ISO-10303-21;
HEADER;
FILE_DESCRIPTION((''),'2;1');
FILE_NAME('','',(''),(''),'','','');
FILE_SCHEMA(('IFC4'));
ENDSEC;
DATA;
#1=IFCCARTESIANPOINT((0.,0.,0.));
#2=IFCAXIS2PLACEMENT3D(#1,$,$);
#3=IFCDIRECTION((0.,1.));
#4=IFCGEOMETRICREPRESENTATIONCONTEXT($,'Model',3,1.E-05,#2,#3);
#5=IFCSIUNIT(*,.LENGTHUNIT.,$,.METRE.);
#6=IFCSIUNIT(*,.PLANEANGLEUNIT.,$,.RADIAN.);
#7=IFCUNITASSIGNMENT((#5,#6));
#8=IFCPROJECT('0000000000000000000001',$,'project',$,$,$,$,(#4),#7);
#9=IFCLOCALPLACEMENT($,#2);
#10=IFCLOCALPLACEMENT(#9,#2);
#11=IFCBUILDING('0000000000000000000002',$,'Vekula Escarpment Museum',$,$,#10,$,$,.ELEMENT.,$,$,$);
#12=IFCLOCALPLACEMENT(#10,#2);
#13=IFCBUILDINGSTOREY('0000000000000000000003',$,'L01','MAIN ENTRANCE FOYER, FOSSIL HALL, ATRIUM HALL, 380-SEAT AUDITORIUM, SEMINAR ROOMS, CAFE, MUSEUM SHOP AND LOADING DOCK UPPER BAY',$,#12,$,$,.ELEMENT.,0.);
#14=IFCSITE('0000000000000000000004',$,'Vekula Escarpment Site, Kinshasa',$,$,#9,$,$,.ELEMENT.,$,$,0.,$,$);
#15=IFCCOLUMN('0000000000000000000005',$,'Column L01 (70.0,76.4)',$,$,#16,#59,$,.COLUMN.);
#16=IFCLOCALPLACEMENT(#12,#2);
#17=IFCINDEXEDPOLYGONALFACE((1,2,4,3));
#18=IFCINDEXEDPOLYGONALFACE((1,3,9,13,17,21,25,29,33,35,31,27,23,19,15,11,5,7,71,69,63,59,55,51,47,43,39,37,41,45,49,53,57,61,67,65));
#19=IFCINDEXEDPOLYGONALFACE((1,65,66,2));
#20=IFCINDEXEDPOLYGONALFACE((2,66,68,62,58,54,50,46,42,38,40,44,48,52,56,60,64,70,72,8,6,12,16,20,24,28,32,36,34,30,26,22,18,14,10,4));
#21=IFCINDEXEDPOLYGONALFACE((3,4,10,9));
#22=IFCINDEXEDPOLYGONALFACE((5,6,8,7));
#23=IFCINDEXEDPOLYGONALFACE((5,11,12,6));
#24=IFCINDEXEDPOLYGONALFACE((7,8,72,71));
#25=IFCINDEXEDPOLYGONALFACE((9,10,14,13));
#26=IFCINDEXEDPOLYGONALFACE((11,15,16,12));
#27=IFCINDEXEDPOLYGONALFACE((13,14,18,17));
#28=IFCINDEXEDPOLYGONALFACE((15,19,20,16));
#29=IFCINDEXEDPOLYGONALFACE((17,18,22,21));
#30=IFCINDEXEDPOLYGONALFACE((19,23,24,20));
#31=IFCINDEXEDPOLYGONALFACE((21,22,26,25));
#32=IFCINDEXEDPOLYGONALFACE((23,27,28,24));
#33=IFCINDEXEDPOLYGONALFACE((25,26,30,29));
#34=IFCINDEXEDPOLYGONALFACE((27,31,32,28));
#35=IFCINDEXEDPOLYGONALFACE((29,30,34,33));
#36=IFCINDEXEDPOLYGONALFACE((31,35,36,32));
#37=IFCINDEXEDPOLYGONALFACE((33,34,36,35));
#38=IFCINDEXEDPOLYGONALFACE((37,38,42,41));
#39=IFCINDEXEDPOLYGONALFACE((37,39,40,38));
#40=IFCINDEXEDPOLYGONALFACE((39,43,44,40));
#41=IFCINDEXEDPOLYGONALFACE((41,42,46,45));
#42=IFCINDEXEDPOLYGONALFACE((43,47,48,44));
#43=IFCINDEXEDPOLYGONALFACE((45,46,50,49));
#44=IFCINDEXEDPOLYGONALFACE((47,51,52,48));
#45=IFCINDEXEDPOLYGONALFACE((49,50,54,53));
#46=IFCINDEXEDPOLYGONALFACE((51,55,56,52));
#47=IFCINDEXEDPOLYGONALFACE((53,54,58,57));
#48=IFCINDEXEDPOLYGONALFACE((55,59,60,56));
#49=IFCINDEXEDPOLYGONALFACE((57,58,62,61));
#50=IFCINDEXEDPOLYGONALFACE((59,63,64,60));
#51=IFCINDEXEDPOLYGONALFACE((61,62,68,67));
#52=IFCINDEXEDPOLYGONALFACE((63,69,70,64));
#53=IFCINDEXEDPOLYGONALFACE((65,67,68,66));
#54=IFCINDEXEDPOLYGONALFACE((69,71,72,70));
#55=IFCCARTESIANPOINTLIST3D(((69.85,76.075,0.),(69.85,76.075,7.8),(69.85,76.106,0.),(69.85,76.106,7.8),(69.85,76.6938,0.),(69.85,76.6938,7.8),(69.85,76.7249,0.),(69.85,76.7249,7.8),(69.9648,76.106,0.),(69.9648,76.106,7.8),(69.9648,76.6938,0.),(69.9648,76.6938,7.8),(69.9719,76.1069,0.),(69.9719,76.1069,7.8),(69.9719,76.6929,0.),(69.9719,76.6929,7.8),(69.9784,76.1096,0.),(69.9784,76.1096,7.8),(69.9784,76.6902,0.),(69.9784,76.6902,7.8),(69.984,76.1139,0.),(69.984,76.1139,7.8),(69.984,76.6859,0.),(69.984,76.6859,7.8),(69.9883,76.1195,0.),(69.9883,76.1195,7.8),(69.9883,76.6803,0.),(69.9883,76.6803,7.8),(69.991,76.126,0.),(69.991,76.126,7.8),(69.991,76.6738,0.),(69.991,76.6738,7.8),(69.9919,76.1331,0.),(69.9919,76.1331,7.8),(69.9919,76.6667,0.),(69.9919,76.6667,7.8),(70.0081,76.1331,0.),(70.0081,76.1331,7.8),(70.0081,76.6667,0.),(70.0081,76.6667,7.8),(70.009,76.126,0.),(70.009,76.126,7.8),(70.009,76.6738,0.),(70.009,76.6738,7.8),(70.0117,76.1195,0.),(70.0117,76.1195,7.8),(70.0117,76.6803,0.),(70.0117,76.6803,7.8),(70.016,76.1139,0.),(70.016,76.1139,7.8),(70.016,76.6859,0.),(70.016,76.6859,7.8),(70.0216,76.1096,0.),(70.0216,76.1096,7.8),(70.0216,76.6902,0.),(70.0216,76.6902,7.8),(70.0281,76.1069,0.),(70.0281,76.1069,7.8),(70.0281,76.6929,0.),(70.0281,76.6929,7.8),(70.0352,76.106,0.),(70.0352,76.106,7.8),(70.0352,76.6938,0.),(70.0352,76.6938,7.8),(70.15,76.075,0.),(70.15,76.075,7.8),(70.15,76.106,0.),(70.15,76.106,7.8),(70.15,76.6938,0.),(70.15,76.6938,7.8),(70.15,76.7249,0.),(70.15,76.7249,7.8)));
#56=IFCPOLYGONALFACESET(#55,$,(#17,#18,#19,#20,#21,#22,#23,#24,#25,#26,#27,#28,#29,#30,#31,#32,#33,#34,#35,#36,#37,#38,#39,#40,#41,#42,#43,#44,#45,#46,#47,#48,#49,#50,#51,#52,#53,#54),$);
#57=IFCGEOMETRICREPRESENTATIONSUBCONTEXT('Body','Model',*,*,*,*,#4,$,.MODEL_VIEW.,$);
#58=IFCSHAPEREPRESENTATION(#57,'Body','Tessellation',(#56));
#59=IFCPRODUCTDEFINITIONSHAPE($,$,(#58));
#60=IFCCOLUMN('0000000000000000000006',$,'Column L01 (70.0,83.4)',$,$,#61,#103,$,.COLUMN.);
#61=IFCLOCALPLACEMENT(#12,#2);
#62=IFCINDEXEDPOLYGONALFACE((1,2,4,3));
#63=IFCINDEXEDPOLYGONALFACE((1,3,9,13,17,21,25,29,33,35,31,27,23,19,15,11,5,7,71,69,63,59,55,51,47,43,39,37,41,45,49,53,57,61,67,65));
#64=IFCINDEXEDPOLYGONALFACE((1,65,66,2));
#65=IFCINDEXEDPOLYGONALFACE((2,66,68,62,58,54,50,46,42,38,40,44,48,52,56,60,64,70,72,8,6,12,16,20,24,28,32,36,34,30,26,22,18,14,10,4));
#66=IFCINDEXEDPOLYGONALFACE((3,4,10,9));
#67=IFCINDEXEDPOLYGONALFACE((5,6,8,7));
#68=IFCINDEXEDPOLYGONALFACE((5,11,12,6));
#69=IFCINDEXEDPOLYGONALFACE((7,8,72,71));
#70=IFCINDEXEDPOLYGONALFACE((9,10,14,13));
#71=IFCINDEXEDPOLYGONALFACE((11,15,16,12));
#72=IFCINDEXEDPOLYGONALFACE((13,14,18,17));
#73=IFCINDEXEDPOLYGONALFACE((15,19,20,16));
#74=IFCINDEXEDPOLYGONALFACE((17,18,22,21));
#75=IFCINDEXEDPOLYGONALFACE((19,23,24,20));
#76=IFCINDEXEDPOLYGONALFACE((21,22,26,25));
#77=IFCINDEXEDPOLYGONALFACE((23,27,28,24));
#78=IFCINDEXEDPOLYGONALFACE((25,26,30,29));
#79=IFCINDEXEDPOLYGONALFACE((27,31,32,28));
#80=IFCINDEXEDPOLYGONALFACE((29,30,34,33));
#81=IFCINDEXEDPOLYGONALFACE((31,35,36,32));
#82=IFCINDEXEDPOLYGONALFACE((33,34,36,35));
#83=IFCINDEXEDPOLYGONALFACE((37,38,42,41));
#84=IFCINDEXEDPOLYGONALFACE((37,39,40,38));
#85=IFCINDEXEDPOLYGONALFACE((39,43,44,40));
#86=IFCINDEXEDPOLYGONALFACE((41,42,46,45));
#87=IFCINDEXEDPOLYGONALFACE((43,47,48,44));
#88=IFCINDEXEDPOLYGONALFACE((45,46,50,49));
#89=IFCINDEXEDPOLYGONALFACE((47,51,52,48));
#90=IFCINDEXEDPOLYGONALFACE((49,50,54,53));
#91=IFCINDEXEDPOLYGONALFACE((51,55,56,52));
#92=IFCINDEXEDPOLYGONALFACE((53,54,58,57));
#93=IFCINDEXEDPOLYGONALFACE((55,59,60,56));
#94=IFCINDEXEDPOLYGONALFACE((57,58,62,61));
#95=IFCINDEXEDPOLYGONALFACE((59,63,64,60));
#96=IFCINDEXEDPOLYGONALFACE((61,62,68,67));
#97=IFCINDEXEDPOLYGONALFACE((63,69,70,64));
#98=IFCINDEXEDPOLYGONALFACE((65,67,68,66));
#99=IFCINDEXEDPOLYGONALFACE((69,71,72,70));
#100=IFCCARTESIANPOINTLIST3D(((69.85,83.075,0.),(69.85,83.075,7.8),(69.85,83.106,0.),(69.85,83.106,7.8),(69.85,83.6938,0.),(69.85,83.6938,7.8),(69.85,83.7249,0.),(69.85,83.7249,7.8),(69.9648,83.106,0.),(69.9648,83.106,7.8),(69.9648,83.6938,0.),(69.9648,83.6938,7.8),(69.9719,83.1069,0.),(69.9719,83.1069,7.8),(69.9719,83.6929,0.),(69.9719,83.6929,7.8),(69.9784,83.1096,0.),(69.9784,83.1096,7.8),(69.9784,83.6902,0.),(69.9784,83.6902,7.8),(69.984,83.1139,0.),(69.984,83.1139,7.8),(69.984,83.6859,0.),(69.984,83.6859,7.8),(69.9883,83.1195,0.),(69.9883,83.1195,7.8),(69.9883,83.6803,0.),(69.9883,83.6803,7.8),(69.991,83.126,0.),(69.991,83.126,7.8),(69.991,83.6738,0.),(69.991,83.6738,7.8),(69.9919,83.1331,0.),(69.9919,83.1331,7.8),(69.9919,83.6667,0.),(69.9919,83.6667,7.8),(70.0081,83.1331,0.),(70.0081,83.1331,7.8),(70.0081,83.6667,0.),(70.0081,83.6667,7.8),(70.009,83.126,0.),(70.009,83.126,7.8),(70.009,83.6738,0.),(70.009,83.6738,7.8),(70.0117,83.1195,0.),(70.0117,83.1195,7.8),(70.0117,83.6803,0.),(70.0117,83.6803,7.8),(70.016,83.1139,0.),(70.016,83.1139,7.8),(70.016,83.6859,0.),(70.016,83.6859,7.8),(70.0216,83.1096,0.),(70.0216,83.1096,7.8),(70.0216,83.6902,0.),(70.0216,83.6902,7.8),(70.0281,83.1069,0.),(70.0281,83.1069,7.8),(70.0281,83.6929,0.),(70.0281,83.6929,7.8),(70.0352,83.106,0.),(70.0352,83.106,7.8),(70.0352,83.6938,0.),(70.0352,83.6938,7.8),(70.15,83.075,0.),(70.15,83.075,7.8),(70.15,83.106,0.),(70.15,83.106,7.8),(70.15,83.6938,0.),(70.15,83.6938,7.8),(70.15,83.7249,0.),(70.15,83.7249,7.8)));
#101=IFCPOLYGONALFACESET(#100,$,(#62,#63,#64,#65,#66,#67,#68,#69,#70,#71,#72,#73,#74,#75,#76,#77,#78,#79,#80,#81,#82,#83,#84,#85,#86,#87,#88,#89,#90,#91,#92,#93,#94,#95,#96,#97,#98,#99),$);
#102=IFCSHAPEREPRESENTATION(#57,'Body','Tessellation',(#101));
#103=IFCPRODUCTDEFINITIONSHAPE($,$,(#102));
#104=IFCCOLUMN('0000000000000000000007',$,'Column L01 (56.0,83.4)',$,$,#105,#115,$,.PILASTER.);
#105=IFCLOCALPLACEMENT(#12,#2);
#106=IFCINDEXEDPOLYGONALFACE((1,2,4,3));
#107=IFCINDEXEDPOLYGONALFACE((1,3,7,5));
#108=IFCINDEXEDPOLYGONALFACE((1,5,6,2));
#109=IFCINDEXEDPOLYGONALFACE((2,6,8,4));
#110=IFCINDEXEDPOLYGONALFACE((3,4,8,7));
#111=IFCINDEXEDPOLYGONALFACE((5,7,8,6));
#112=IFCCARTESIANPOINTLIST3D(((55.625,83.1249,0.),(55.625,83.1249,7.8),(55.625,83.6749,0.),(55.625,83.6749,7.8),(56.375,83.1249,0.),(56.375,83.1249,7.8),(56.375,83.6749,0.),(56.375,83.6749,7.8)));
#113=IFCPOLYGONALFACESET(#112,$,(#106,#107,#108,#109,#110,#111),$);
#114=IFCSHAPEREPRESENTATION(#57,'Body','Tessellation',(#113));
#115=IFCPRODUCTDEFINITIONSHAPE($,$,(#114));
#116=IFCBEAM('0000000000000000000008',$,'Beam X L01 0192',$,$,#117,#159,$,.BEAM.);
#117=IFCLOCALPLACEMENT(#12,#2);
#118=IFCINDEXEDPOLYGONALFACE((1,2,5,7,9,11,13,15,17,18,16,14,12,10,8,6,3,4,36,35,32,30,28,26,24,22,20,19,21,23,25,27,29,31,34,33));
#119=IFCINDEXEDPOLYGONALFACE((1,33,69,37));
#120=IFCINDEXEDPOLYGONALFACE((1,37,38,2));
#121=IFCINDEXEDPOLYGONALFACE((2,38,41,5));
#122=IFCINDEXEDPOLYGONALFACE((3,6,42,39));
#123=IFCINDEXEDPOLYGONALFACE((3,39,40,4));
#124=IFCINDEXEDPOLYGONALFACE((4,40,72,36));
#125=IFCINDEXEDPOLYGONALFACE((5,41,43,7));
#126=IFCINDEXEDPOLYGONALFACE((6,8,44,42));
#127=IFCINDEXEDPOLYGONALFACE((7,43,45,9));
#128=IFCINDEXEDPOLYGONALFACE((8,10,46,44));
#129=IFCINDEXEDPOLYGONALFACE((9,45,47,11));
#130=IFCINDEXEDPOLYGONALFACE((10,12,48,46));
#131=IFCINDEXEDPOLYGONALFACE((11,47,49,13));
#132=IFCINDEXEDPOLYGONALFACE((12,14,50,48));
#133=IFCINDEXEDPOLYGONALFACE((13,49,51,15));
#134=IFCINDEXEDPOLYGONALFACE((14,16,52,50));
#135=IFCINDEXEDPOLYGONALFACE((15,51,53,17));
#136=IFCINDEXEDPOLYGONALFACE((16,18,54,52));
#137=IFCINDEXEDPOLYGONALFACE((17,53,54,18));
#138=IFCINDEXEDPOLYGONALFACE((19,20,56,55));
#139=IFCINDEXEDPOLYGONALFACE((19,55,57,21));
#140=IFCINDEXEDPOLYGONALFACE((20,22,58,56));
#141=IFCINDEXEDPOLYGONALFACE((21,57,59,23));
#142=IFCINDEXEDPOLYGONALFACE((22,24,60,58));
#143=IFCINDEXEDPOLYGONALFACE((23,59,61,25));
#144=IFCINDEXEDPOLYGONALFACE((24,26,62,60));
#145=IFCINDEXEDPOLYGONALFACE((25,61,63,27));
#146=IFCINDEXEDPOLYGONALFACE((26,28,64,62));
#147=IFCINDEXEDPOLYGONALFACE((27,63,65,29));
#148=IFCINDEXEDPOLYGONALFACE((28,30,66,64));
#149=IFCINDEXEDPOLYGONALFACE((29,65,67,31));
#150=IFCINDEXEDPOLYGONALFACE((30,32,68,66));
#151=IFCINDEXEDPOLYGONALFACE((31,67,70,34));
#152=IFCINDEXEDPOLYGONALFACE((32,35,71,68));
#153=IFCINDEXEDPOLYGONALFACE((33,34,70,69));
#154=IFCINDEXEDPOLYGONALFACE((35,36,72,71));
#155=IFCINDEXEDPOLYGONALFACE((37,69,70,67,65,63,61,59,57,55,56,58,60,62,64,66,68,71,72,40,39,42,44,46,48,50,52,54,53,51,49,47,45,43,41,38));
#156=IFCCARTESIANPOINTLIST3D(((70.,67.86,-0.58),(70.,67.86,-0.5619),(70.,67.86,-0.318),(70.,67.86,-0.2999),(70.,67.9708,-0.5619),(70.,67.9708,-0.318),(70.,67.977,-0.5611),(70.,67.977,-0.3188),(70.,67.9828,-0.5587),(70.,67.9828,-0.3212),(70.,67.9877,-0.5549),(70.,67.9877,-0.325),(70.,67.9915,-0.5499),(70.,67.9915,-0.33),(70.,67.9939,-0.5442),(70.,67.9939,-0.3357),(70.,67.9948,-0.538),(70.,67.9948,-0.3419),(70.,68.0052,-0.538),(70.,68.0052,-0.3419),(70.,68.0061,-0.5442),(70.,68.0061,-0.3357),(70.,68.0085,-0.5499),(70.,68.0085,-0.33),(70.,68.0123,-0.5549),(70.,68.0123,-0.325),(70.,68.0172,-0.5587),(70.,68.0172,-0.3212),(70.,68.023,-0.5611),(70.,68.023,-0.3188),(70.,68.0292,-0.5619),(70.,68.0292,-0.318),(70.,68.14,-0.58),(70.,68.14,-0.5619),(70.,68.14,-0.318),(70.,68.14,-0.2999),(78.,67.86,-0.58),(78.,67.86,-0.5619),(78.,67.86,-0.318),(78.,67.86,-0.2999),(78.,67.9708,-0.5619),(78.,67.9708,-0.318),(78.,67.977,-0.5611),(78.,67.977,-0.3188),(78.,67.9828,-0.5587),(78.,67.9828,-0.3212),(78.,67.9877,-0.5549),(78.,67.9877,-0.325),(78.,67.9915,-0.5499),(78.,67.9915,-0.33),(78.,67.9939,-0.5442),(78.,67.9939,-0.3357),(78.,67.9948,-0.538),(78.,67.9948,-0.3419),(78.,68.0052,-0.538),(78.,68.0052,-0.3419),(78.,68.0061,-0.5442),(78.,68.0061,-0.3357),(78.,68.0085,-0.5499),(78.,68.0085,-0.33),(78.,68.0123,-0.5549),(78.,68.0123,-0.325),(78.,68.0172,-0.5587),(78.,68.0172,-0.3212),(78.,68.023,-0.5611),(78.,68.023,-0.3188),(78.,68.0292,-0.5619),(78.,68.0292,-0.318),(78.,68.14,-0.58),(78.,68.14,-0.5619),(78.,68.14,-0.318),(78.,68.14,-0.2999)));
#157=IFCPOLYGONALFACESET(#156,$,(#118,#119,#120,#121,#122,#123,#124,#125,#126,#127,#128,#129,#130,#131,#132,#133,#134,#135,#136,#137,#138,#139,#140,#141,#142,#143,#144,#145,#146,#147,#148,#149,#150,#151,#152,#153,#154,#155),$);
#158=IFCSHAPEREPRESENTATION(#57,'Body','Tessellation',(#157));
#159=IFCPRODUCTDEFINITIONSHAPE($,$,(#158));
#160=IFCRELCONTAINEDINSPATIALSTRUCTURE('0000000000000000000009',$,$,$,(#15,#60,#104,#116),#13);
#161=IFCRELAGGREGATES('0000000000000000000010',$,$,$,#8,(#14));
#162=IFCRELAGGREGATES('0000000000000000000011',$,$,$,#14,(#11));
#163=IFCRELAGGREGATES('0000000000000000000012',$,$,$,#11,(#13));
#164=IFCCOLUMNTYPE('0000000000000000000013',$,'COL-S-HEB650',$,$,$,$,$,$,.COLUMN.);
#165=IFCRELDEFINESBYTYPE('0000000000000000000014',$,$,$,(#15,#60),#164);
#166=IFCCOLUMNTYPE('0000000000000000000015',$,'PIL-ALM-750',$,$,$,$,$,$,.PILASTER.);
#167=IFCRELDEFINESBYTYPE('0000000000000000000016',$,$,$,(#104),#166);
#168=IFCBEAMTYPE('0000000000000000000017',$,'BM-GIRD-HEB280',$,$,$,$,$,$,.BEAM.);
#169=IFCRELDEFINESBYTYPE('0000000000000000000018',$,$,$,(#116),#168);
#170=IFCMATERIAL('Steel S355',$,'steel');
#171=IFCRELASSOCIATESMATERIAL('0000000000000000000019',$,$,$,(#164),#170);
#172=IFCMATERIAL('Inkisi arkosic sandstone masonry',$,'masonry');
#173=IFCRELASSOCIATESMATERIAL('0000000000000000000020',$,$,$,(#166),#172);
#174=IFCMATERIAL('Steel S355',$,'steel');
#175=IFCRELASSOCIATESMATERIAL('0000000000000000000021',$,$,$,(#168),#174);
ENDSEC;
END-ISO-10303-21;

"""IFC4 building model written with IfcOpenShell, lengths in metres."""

from ifc_helpers import new_model, si_unit, direction, frame, origin, origin_2d, place, context, subcontext, project, spatial, rectangle, i_section, extrude, material, material_profile, profile_set, type_object, element, save


model = new_model("IFC4")

# Units and contexts
model_context = context("Model", 3, precision=1e-05, world=origin(), true_north=direction((0.0, 1.0)))
body_context = subcontext(model_context, "Body", "Model", "MODEL_VIEW")
ifc_project = project(units=[si_unit("LENGTHUNIT", "METRE"), si_unit("PLANEANGLEUNIT", "RADIAN")], contexts=[model_context])

# Site, building, storey
site_placement = place(None, origin())
site = spatial("IfcSite", under=ifc_project, at=site_placement, Name="Vekula Escarpment Site, Kinshasa", CompositionType="ELEMENT", RefElevation=0.0)
building_placement = place(site_placement, origin())
building = spatial("IfcBuilding", under=site, at=building_placement, Name="Vekula Escarpment Museum", CompositionType="ELEMENT")
storey_placement = place(building_placement, origin())
storey = spatial("IfcBuildingStorey", under=building, at=storey_placement, Name="L01", Description="MAIN ENTRANCE FOYER, FOSSIL HALL, ATRIUM HALL, 380-SEAT AUDITORIUM, SEMINAR ROOMS, CAFE, MUSEUM SHOP AND LOADING DOCK UPPER BAY", CompositionType="ELEMENT", Elevation=0.0)

# Columns
ifc_material_1 = material(Name="Steel S355", Category="steel")
ifc_material_profile_1 = material_profile(ifc_material_1, i_section(OverallWidth=0.3, OverallDepth=0.6499, WebThickness=0.0161, FlangeThickness=0.031, FilletRadius=0.0271, at=origin_2d()), Name="HEB 650")
ifc_profile_set_1 = profile_set([ifc_material_profile_1], Name="Steel S355")
column_type_1 = type_object("IfcColumnType", Name="COL-S-HEB650", PredefinedType="COLUMN", material=ifc_profile_set_1)
for number, where, z_axis, x_axis, name in (
    (1, (70.0, 76.3999, 0.0), (0.0, 0.0, 1.0), (1.0, 0.0, 0.0), "Column L01 (70.0,76.4)"),
    (2, (70.0, 83.3999, 0.0), (0.0, 0.0, 1.0), (1.0, 0.0, 0.0), "Column L01 (70.0,83.4)"),
):
    element("IfcColumn", number, at=place(storey_placement, frame(where, z_axis=z_axis, x_axis=x_axis)), inside=storey, type_object=column_type_1, Name=name, PredefinedType="COLUMN", context=body_context, shape_type="SweptSolid", body=[
        extrude(i_section(OverallWidth=0.3, OverallDepth=0.6499, WebThickness=0.0161, FlangeThickness=0.031, FilletRadius=0.0271, at=origin_2d()), origin(), (0.0, 0.0, 1.0), 7.8),
    ])
ifc_material_2 = material(Name="Inkisi arkosic sandstone masonry", Category="masonry")
ifc_material_profile_2 = material_profile(ifc_material_2, rectangle(XDim=0.75, YDim=0.55, at=origin_2d()), Name="PIER 750x550")
ifc_profile_set_2 = profile_set([ifc_material_profile_2], Name="Inkisi arkosic sandstone masonry")
column_type_2 = type_object("IfcColumnType", Name="PIL-ALM-750", PredefinedType="PILASTER", material=ifc_profile_set_2)
column_1_placement = place(storey_placement, frame((56.0, 83.3999, 0.0), z_axis=(0.0, 0.0, 1.0), x_axis=(1.0, 0.0, 0.0)))
element("IfcColumn", 3, at=column_1_placement, inside=storey, type_object=column_type_2, Name="Column L01 (56.0,83.4)", PredefinedType="PILASTER", context=body_context, shape_type="SweptSolid", body=[
    extrude(rectangle(XDim=0.75, YDim=0.55, at=origin_2d()), origin(), (0.0, 0.0, 1.0), 7.8),
])

# Beam
ifc_material_3 = material(Name="Steel S355", Category="steel")
ifc_material_profile_3 = material_profile(ifc_material_3, i_section(OverallWidth=0.28, OverallDepth=0.28, WebThickness=0.0105, FlangeThickness=0.0181, FilletRadius=0.0239, at=origin_2d()), Name="HEB 280")
ifc_profile_set_3 = profile_set([ifc_material_profile_3], Name="Steel S355")
beam_type_1 = type_object("IfcBeamType", Name="BM-GIRD-HEB280", PredefinedType="BEAM", material=ifc_profile_set_3)
beam_1_placement = place(storey_placement, frame((70.0, 68.0, -0.4399), z_axis=(1.0, 0.0, 0.0), x_axis=(0.0, 1.0, 0.0)))
element("IfcBeam", 4, at=beam_1_placement, inside=storey, type_object=beam_type_1, Name="Beam X L01 0192", PredefinedType="BEAM", context=body_context, shape_type="SweptSolid", body=[
    extrude(i_section(OverallWidth=0.28, OverallDepth=0.28, WebThickness=0.0105, FlangeThickness=0.0181, FilletRadius=0.0239, at=origin_2d()), origin(), (0.0, 0.0, 1.0), 8.0),
])

save(model, "model.ifc")
